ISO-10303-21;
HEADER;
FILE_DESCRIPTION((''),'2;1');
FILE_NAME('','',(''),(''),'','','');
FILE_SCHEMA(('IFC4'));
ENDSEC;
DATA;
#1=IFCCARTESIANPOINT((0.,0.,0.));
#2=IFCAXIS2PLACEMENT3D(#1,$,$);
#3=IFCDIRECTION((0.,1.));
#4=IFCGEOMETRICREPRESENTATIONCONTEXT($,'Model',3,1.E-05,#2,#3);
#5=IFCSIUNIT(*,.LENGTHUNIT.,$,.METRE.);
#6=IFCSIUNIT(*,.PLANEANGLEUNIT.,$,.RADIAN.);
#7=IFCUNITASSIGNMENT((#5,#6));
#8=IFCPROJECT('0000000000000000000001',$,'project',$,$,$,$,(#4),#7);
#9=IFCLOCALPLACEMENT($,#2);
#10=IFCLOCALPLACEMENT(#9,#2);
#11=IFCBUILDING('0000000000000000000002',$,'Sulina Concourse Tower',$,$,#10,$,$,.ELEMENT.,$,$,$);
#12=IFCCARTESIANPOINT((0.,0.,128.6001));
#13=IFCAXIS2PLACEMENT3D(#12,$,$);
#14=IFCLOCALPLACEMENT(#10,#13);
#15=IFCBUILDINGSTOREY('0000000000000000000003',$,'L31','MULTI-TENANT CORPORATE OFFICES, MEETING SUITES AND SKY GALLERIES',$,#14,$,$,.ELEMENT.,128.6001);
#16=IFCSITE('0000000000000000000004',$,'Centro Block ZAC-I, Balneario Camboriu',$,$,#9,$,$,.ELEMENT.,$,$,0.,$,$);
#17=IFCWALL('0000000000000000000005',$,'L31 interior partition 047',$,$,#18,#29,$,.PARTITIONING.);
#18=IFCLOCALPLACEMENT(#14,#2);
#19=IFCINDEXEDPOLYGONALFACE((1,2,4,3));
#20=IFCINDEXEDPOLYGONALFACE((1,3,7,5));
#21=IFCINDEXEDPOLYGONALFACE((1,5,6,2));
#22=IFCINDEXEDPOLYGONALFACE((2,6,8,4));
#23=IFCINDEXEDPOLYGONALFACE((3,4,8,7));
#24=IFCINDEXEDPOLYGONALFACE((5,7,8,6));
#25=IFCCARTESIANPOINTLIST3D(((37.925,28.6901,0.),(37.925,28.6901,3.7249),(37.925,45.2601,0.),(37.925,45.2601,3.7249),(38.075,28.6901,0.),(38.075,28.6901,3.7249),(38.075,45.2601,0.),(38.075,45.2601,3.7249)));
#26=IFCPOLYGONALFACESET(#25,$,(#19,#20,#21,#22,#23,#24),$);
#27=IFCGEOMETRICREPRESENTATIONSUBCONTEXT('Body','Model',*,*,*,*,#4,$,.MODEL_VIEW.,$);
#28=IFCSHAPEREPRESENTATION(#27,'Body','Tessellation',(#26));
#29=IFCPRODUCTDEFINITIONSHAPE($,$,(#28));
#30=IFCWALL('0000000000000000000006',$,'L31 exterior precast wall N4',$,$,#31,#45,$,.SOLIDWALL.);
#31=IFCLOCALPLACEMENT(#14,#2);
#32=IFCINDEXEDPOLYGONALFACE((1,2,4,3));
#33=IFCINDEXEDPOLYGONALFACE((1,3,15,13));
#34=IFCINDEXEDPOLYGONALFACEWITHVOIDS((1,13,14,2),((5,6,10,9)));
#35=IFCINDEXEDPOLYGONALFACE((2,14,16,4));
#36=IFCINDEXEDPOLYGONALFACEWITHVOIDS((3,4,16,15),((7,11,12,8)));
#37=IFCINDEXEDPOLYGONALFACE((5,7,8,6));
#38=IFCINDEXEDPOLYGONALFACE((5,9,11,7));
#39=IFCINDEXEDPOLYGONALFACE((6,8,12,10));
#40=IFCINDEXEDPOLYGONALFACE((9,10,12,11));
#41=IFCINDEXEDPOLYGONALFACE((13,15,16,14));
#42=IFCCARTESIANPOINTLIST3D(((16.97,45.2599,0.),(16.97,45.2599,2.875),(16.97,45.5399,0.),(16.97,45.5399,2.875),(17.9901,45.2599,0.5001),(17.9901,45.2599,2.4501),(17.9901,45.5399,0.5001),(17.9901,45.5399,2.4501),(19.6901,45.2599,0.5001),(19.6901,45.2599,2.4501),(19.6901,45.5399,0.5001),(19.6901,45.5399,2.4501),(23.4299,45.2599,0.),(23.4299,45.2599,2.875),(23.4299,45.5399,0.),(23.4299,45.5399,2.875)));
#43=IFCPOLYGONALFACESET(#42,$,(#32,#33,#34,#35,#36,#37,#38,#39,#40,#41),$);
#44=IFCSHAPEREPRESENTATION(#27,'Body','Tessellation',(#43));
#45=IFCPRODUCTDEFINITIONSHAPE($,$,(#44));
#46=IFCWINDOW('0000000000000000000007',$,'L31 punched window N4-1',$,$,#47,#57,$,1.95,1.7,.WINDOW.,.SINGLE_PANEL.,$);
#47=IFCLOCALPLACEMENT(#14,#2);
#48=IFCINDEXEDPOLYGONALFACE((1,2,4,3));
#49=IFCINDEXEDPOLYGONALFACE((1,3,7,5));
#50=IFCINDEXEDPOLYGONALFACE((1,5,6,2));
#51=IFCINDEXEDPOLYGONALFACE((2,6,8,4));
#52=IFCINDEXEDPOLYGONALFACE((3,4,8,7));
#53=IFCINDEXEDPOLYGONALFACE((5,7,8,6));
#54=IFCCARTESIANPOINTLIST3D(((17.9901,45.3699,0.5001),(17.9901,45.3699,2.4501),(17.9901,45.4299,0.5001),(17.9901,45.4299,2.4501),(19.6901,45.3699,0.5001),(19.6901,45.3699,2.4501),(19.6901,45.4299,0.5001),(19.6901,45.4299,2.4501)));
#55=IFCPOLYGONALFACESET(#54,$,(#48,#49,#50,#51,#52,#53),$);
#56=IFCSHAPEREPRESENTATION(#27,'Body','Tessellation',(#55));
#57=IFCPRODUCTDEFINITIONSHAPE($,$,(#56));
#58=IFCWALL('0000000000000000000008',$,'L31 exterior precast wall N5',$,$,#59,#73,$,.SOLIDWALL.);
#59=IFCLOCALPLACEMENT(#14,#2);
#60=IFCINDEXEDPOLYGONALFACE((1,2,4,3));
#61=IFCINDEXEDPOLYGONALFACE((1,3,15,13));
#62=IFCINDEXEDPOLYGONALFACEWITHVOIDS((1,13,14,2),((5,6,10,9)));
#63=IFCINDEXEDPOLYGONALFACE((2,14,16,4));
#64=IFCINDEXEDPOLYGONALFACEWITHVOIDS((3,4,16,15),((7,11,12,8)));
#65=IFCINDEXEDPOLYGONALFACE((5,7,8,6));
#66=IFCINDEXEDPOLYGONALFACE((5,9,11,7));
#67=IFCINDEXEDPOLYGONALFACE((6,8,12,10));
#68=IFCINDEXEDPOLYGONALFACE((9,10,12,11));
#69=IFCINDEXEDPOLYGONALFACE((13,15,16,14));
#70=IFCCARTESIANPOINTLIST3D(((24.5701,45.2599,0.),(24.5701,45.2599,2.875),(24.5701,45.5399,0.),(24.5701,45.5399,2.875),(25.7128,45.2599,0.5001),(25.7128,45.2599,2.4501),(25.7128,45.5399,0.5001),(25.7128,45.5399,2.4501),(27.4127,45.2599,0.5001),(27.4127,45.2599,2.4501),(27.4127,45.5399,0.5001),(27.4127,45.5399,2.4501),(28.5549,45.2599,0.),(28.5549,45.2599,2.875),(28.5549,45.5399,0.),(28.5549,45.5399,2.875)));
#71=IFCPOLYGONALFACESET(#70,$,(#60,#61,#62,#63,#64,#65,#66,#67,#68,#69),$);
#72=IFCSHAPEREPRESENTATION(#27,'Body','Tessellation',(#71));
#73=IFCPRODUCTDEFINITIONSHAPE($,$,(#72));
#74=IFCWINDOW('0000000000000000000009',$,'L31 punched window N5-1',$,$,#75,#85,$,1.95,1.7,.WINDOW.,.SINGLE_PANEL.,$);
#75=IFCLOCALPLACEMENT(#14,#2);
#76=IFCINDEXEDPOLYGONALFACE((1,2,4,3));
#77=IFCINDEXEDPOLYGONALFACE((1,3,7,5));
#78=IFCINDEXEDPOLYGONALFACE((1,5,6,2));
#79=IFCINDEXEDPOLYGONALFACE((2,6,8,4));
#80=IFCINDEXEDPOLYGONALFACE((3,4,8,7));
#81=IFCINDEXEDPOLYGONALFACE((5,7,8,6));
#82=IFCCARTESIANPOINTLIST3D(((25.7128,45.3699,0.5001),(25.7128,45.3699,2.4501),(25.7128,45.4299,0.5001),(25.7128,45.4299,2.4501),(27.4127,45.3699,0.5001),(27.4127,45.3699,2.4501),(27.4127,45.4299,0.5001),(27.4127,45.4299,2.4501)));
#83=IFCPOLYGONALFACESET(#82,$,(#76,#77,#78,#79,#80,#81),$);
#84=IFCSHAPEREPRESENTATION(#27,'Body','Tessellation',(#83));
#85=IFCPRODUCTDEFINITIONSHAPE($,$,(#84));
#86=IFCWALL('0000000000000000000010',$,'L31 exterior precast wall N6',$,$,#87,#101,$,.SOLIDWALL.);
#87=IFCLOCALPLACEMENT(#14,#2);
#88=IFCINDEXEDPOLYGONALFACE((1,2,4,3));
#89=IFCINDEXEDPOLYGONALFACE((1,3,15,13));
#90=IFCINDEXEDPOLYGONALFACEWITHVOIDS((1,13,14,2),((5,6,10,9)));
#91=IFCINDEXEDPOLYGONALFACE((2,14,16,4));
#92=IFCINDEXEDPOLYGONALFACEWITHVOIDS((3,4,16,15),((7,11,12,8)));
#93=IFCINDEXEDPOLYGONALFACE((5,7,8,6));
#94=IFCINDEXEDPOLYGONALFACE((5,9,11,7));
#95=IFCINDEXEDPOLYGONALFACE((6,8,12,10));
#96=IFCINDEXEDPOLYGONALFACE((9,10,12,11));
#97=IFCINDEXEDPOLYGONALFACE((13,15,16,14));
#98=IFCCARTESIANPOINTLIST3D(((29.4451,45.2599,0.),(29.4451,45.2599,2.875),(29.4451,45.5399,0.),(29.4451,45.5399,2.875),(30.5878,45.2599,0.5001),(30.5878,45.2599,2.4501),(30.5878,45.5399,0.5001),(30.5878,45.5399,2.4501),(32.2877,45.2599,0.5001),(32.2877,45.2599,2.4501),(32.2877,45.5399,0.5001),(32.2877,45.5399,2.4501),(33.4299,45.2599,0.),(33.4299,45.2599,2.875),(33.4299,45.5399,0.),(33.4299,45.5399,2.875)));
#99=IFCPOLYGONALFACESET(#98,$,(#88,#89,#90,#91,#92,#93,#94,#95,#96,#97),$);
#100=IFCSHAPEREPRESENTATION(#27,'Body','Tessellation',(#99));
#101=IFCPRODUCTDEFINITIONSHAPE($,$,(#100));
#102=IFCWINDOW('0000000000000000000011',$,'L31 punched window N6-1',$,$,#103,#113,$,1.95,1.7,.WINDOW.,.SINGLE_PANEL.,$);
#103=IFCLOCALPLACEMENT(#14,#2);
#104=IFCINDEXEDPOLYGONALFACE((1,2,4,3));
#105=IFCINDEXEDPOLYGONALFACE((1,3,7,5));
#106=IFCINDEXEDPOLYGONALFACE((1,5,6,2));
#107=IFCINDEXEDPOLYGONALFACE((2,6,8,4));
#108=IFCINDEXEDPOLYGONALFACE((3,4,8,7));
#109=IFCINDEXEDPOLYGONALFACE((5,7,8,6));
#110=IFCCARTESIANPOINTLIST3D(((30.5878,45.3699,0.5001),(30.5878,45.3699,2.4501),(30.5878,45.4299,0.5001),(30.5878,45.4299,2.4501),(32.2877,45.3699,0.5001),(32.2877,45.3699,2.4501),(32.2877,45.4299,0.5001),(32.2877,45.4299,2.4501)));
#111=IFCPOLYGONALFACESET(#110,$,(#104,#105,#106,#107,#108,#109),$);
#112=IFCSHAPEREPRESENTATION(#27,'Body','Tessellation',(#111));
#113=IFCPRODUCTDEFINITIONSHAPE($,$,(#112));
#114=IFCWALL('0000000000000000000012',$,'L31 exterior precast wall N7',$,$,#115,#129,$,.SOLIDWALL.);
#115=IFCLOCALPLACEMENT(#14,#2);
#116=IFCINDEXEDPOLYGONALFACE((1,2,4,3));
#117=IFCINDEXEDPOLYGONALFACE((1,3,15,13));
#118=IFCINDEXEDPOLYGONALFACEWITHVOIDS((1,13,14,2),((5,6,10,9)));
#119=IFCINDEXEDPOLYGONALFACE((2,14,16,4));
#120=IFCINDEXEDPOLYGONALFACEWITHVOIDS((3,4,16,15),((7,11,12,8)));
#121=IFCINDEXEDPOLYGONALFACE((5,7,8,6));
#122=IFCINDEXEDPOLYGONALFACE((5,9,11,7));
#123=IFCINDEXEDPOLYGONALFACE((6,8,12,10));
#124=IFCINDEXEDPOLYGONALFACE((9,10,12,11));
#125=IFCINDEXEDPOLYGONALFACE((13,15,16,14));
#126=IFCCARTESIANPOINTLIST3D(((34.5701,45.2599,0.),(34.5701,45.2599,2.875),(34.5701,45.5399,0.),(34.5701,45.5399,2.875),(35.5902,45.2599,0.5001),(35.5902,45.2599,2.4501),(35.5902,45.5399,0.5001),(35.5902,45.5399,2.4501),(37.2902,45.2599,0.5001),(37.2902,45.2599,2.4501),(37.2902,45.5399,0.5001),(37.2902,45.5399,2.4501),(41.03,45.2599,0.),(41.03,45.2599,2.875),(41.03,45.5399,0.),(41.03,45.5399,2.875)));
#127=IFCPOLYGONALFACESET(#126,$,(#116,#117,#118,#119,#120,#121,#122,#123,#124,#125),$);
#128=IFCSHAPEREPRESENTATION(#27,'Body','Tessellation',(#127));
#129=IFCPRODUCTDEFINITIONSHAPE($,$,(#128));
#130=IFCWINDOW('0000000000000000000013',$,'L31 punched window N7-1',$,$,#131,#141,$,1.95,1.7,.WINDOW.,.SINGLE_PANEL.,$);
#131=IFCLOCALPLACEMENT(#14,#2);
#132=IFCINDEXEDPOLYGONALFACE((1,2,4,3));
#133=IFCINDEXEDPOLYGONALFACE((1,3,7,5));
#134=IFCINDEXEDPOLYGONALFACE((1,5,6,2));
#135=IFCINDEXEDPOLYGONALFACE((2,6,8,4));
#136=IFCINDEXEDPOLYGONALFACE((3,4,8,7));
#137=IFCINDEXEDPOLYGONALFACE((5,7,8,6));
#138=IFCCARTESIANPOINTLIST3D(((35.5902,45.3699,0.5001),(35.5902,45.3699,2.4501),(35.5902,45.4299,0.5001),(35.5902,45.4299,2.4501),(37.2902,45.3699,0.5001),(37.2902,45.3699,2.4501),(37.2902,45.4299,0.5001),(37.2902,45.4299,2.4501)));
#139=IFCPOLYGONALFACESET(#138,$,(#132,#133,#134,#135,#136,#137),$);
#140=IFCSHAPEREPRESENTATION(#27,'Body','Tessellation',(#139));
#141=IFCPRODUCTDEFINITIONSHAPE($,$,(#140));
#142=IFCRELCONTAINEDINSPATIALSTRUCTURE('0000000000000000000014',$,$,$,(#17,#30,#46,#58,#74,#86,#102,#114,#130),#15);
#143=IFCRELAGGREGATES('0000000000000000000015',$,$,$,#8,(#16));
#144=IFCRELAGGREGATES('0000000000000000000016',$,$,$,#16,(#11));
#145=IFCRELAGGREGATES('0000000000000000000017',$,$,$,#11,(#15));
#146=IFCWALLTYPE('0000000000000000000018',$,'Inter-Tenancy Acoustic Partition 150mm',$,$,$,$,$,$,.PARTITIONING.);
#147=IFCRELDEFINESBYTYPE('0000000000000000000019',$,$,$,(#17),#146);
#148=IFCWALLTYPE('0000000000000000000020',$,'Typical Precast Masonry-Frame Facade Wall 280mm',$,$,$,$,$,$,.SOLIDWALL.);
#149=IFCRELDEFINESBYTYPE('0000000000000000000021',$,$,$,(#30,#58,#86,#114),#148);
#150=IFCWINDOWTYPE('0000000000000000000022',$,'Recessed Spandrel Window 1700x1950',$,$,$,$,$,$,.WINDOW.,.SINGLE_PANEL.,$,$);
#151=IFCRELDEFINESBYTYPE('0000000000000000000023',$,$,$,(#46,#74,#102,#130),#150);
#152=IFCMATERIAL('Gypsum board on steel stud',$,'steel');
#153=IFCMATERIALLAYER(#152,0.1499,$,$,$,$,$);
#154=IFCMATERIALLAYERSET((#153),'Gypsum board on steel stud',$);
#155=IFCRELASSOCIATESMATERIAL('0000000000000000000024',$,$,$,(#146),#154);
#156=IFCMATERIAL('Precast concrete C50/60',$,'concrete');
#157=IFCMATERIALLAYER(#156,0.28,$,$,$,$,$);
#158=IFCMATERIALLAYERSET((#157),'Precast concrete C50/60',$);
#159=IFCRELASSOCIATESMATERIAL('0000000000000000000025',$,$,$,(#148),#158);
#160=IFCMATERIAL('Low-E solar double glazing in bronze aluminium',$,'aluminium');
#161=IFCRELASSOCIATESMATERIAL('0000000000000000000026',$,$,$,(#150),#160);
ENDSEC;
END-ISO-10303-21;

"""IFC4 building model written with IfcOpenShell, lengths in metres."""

from ifc_helpers import new_model, si_unit, direction, frame, frame_2d, origin, place, context, subcontext, project, spatial, rectangle, extrude, material, layer, layer_set, type_object, element, fill, save


model = new_model("IFC4")

# Units and contexts
model_context = context("Model", 3, precision=1e-05, world=origin(), true_north=direction((0.0, 1.0)))
body_context = subcontext(model_context, "Body", "Model", "MODEL_VIEW")
ifc_project = project(units=[si_unit("LENGTHUNIT", "METRE"), si_unit("PLANEANGLEUNIT", "RADIAN")], contexts=[model_context])

# Site, building, storey
site_placement = place(None, origin())
site = spatial("IfcSite", under=ifc_project, at=site_placement, Name="Centro Block ZAC-I, Balneario Camboriu", CompositionType="ELEMENT", RefElevation=0.0)
building_placement = place(site_placement, origin())
building = spatial("IfcBuilding", under=site, at=building_placement, Name="Sulina Concourse Tower", CompositionType="ELEMENT")
storey_placement = place(building_placement, frame((0.0, 0.0, 128.6001)))
storey = spatial("IfcBuildingStorey", under=building, at=storey_placement, Name="L31", Description="MULTI-TENANT CORPORATE OFFICES, MEETING SUITES AND SKY GALLERIES", CompositionType="ELEMENT", Elevation=128.6001)

# Wall
ifc_material_1 = material(Name="Gypsum board on steel stud", Category="steel")
ifc_layer_1 = layer(ifc_material_1, 0.1499)
ifc_layer_set_1 = layer_set([ifc_layer_1], Name="Gypsum board on steel stud")
wall_type_1 = type_object("IfcWallType", Name="Inter-Tenancy Acoustic Partition 150mm", PredefinedType="PARTITIONING", material=ifc_layer_set_1)
wall_1_placement = place(storey_placement, frame((38.0, 28.6899, 0.0), z_axis=(0.0, 0.0, 1.0), x_axis=(0.0, 1.0, 0.0)))
element("IfcWall", 1, at=wall_1_placement, inside=storey, type_object=wall_type_1, Name="L31 interior partition 047", PredefinedType="PARTITIONING", context=body_context, shape_type="SweptSolid", body=[
    extrude(rectangle(XDim=16.5701, YDim=0.1499, at=frame_2d((8.2852, 0.0))), origin(), (0.0, 0.0, 1.0), 3.7249),
])

# Walls, openings, windows
ifc_material_2 = material(Name="Precast concrete C50/60", Category="concrete")
ifc_layer_2 = layer(ifc_material_2, 0.28)
ifc_layer_set_2 = layer_set([ifc_layer_2], Name="Precast concrete C50/60")
wall_type_2 = type_object("IfcWallType", Name="Typical Precast Masonry-Frame Facade Wall 280mm", PredefinedType="SOLIDWALL", material=ifc_layer_set_2)
wall_2_placement = place(storey_placement, frame((16.97, 45.3999, 0.0), z_axis=(0.0, 0.0, 1.0), x_axis=(1.0, 0.0, 0.0)))
wall_2 = element("IfcWall", 2, at=wall_2_placement, inside=storey, type_object=wall_type_2, Name="L31 exterior precast wall N4", PredefinedType="SOLIDWALL", context=body_context, shape_type="SweptSolid", body=[
    extrude(rectangle(XDim=6.46, YDim=0.28, at=frame_2d((3.23, 0.0))), origin(), (0.0, 0.0, 1.0), 2.875),
])
opening_1_placement = place(wall_2_placement, frame((1.02, 0.0, 0.5)))
opening_1 = element("IfcOpeningElement", 3, at=opening_1_placement, cuts=wall_2, PredefinedType="OPENING", context=body_context, shape_type="SweptSolid", body=[
    extrude(rectangle(XDim=1.7, YDim=1.95, at=frame_2d((0.8501, 0.9751))), frame((0.0, 0.1499, 0.0), z_axis=(0.0, -1.0, 0.0), x_axis=(1.0, 0.0, 0.0)), (0.0, 0.0, 1.0), 0.3),
])
ifc_material_3 = material(Name="Low-E solar double glazing in bronze aluminium", Category="aluminium")
window_type = type_object("IfcWindowType", Name="Recessed Spandrel Window 1700x1950", PartitioningType="SINGLE_PANEL", PredefinedType="WINDOW", material=ifc_material_3)
window_1_placement = place(opening_1_placement, origin())
window_1 = element("IfcWindow", 4, at=window_1_placement, inside=storey, type_object=window_type, Name="L31 punched window N4-1", OverallHeight=1.95, OverallWidth=1.7, PartitioningType="SINGLE_PANEL", PredefinedType="WINDOW", context=body_context, shape_type="SweptSolid", body=[
    extrude(rectangle(XDim=1.7, YDim=1.95, at=frame_2d((0.8501, 0.9751))), frame((0.0, 0.03, 0.0), z_axis=(0.0, -1.0, 0.0), x_axis=(1.0, 0.0, 0.0)), (0.0, 0.0, 1.0), 0.0601),
])
fill(opening_1, window_1)
wall_3_placement = place(storey_placement, frame((24.5701, 45.3999, 0.0), z_axis=(0.0, 0.0, 1.0), x_axis=(1.0, 0.0, 0.0)))
wall_3 = element("IfcWall", 5, at=wall_3_placement, inside=storey, type_object=wall_type_2, Name="L31 exterior precast wall N5", PredefinedType="SOLIDWALL", context=body_context, shape_type="SweptSolid", body=[
    extrude(rectangle(XDim=3.9849, YDim=0.28, at=frame_2d((1.9924, 0.0))), origin(), (0.0, 0.0, 1.0), 2.875),
])
opening_2_placement = place(wall_3_placement, frame((1.1426, 0.0, 0.5)))
opening_2 = element("IfcOpeningElement", 6, at=opening_2_placement, cuts=wall_3, PredefinedType="OPENING", context=body_context, shape_type="SweptSolid", body=[
    extrude(rectangle(XDim=1.7, YDim=1.95, at=frame_2d((0.8501, 0.9751))), frame((0.0, 0.1499, 0.0), z_axis=(0.0, -1.0, 0.0), x_axis=(1.0, 0.0, 0.0)), (0.0, 0.0, 1.0), 0.3),
])
window_2_placement = place(opening_2_placement, origin())
window_2 = element("IfcWindow", 7, at=window_2_placement, inside=storey, type_object=window_type, Name="L31 punched window N5-1", OverallHeight=1.95, OverallWidth=1.7, PartitioningType="SINGLE_PANEL", PredefinedType="WINDOW", context=body_context, shape_type="SweptSolid", body=[
    extrude(rectangle(XDim=1.7, YDim=1.95, at=frame_2d((0.8501, 0.9751))), frame((0.0, 0.03, 0.0), z_axis=(0.0, -1.0, 0.0), x_axis=(1.0, 0.0, 0.0)), (0.0, 0.0, 1.0), 0.0601),
])
fill(opening_2, window_2)
wall_4_placement = place(storey_placement, frame((29.4451, 45.3999, 0.0), z_axis=(0.0, 0.0, 1.0), x_axis=(1.0, 0.0, 0.0)))
wall_4 = element("IfcWall", 8, at=wall_4_placement, inside=storey, type_object=wall_type_2, Name="L31 exterior precast wall N6", PredefinedType="SOLIDWALL", context=body_context, shape_type="SweptSolid", body=[
    extrude(rectangle(XDim=3.9849, YDim=0.28, at=frame_2d((1.9924, 0.0))), origin(), (0.0, 0.0, 1.0), 2.875),
])
opening_3_placement = place(wall_4_placement, frame((1.1426, 0.0, 0.5)))
opening_3 = element("IfcOpeningElement", 9, at=opening_3_placement, cuts=wall_4, PredefinedType="OPENING", context=body_context, shape_type="SweptSolid", body=[
    extrude(rectangle(XDim=1.7, YDim=1.95, at=frame_2d((0.8501, 0.9751))), frame((0.0, 0.1499, 0.0), z_axis=(0.0, -1.0, 0.0), x_axis=(1.0, 0.0, 0.0)), (0.0, 0.0, 1.0), 0.3),
])
window_3_placement = place(opening_3_placement, origin())
window_3 = element("IfcWindow", 10, at=window_3_placement, inside=storey, type_object=window_type, Name="L31 punched window N6-1", OverallHeight=1.95, OverallWidth=1.7, PartitioningType="SINGLE_PANEL", PredefinedType="WINDOW", context=body_context, shape_type="SweptSolid", body=[
    extrude(rectangle(XDim=1.7, YDim=1.95, at=frame_2d((0.8501, 0.9751))), frame((0.0, 0.03, 0.0), z_axis=(0.0, -1.0, 0.0), x_axis=(1.0, 0.0, 0.0)), (0.0, 0.0, 1.0), 0.0601),
])
fill(opening_3, window_3)
wall_5_placement = place(storey_placement, frame((34.5701, 45.3999, 0.0), z_axis=(0.0, 0.0, 1.0), x_axis=(1.0, 0.0, 0.0)))
wall_5 = element("IfcWall", 11, at=wall_5_placement, inside=storey, type_object=wall_type_2, Name="L31 exterior precast wall N7", PredefinedType="SOLIDWALL", context=body_context, shape_type="SweptSolid", body=[
    extrude(rectangle(XDim=6.46, YDim=0.28, at=frame_2d((3.23, 0.0))), origin(), (0.0, 0.0, 1.0), 2.875),
])
opening_4_placement = place(wall_5_placement, frame((1.02, 0.0, 0.5)))
opening_4 = element("IfcOpeningElement", 12, at=opening_4_placement, cuts=wall_5, PredefinedType="OPENING", context=body_context, shape_type="SweptSolid", body=[
    extrude(rectangle(XDim=1.7, YDim=1.95, at=frame_2d((0.8501, 0.9751))), frame((0.0, 0.1499, 0.0), z_axis=(0.0, -1.0, 0.0), x_axis=(1.0, 0.0, 0.0)), (0.0, 0.0, 1.0), 0.3),
])
window_4_placement = place(opening_4_placement, origin())
window_4 = element("IfcWindow", 13, at=window_4_placement, inside=storey, type_object=window_type, Name="L31 punched window N7-1", OverallHeight=1.95, OverallWidth=1.7, PartitioningType="SINGLE_PANEL", PredefinedType="WINDOW", context=body_context, shape_type="SweptSolid", body=[
    extrude(rectangle(XDim=1.7, YDim=1.95, at=frame_2d((0.8501, 0.9751))), frame((0.0, 0.03, 0.0), z_axis=(0.0, -1.0, 0.0), x_axis=(1.0, 0.0, 0.0)), (0.0, 0.0, 1.0), 0.0601),
])
fill(opening_4, window_4)

save(model, "model.ifc")
